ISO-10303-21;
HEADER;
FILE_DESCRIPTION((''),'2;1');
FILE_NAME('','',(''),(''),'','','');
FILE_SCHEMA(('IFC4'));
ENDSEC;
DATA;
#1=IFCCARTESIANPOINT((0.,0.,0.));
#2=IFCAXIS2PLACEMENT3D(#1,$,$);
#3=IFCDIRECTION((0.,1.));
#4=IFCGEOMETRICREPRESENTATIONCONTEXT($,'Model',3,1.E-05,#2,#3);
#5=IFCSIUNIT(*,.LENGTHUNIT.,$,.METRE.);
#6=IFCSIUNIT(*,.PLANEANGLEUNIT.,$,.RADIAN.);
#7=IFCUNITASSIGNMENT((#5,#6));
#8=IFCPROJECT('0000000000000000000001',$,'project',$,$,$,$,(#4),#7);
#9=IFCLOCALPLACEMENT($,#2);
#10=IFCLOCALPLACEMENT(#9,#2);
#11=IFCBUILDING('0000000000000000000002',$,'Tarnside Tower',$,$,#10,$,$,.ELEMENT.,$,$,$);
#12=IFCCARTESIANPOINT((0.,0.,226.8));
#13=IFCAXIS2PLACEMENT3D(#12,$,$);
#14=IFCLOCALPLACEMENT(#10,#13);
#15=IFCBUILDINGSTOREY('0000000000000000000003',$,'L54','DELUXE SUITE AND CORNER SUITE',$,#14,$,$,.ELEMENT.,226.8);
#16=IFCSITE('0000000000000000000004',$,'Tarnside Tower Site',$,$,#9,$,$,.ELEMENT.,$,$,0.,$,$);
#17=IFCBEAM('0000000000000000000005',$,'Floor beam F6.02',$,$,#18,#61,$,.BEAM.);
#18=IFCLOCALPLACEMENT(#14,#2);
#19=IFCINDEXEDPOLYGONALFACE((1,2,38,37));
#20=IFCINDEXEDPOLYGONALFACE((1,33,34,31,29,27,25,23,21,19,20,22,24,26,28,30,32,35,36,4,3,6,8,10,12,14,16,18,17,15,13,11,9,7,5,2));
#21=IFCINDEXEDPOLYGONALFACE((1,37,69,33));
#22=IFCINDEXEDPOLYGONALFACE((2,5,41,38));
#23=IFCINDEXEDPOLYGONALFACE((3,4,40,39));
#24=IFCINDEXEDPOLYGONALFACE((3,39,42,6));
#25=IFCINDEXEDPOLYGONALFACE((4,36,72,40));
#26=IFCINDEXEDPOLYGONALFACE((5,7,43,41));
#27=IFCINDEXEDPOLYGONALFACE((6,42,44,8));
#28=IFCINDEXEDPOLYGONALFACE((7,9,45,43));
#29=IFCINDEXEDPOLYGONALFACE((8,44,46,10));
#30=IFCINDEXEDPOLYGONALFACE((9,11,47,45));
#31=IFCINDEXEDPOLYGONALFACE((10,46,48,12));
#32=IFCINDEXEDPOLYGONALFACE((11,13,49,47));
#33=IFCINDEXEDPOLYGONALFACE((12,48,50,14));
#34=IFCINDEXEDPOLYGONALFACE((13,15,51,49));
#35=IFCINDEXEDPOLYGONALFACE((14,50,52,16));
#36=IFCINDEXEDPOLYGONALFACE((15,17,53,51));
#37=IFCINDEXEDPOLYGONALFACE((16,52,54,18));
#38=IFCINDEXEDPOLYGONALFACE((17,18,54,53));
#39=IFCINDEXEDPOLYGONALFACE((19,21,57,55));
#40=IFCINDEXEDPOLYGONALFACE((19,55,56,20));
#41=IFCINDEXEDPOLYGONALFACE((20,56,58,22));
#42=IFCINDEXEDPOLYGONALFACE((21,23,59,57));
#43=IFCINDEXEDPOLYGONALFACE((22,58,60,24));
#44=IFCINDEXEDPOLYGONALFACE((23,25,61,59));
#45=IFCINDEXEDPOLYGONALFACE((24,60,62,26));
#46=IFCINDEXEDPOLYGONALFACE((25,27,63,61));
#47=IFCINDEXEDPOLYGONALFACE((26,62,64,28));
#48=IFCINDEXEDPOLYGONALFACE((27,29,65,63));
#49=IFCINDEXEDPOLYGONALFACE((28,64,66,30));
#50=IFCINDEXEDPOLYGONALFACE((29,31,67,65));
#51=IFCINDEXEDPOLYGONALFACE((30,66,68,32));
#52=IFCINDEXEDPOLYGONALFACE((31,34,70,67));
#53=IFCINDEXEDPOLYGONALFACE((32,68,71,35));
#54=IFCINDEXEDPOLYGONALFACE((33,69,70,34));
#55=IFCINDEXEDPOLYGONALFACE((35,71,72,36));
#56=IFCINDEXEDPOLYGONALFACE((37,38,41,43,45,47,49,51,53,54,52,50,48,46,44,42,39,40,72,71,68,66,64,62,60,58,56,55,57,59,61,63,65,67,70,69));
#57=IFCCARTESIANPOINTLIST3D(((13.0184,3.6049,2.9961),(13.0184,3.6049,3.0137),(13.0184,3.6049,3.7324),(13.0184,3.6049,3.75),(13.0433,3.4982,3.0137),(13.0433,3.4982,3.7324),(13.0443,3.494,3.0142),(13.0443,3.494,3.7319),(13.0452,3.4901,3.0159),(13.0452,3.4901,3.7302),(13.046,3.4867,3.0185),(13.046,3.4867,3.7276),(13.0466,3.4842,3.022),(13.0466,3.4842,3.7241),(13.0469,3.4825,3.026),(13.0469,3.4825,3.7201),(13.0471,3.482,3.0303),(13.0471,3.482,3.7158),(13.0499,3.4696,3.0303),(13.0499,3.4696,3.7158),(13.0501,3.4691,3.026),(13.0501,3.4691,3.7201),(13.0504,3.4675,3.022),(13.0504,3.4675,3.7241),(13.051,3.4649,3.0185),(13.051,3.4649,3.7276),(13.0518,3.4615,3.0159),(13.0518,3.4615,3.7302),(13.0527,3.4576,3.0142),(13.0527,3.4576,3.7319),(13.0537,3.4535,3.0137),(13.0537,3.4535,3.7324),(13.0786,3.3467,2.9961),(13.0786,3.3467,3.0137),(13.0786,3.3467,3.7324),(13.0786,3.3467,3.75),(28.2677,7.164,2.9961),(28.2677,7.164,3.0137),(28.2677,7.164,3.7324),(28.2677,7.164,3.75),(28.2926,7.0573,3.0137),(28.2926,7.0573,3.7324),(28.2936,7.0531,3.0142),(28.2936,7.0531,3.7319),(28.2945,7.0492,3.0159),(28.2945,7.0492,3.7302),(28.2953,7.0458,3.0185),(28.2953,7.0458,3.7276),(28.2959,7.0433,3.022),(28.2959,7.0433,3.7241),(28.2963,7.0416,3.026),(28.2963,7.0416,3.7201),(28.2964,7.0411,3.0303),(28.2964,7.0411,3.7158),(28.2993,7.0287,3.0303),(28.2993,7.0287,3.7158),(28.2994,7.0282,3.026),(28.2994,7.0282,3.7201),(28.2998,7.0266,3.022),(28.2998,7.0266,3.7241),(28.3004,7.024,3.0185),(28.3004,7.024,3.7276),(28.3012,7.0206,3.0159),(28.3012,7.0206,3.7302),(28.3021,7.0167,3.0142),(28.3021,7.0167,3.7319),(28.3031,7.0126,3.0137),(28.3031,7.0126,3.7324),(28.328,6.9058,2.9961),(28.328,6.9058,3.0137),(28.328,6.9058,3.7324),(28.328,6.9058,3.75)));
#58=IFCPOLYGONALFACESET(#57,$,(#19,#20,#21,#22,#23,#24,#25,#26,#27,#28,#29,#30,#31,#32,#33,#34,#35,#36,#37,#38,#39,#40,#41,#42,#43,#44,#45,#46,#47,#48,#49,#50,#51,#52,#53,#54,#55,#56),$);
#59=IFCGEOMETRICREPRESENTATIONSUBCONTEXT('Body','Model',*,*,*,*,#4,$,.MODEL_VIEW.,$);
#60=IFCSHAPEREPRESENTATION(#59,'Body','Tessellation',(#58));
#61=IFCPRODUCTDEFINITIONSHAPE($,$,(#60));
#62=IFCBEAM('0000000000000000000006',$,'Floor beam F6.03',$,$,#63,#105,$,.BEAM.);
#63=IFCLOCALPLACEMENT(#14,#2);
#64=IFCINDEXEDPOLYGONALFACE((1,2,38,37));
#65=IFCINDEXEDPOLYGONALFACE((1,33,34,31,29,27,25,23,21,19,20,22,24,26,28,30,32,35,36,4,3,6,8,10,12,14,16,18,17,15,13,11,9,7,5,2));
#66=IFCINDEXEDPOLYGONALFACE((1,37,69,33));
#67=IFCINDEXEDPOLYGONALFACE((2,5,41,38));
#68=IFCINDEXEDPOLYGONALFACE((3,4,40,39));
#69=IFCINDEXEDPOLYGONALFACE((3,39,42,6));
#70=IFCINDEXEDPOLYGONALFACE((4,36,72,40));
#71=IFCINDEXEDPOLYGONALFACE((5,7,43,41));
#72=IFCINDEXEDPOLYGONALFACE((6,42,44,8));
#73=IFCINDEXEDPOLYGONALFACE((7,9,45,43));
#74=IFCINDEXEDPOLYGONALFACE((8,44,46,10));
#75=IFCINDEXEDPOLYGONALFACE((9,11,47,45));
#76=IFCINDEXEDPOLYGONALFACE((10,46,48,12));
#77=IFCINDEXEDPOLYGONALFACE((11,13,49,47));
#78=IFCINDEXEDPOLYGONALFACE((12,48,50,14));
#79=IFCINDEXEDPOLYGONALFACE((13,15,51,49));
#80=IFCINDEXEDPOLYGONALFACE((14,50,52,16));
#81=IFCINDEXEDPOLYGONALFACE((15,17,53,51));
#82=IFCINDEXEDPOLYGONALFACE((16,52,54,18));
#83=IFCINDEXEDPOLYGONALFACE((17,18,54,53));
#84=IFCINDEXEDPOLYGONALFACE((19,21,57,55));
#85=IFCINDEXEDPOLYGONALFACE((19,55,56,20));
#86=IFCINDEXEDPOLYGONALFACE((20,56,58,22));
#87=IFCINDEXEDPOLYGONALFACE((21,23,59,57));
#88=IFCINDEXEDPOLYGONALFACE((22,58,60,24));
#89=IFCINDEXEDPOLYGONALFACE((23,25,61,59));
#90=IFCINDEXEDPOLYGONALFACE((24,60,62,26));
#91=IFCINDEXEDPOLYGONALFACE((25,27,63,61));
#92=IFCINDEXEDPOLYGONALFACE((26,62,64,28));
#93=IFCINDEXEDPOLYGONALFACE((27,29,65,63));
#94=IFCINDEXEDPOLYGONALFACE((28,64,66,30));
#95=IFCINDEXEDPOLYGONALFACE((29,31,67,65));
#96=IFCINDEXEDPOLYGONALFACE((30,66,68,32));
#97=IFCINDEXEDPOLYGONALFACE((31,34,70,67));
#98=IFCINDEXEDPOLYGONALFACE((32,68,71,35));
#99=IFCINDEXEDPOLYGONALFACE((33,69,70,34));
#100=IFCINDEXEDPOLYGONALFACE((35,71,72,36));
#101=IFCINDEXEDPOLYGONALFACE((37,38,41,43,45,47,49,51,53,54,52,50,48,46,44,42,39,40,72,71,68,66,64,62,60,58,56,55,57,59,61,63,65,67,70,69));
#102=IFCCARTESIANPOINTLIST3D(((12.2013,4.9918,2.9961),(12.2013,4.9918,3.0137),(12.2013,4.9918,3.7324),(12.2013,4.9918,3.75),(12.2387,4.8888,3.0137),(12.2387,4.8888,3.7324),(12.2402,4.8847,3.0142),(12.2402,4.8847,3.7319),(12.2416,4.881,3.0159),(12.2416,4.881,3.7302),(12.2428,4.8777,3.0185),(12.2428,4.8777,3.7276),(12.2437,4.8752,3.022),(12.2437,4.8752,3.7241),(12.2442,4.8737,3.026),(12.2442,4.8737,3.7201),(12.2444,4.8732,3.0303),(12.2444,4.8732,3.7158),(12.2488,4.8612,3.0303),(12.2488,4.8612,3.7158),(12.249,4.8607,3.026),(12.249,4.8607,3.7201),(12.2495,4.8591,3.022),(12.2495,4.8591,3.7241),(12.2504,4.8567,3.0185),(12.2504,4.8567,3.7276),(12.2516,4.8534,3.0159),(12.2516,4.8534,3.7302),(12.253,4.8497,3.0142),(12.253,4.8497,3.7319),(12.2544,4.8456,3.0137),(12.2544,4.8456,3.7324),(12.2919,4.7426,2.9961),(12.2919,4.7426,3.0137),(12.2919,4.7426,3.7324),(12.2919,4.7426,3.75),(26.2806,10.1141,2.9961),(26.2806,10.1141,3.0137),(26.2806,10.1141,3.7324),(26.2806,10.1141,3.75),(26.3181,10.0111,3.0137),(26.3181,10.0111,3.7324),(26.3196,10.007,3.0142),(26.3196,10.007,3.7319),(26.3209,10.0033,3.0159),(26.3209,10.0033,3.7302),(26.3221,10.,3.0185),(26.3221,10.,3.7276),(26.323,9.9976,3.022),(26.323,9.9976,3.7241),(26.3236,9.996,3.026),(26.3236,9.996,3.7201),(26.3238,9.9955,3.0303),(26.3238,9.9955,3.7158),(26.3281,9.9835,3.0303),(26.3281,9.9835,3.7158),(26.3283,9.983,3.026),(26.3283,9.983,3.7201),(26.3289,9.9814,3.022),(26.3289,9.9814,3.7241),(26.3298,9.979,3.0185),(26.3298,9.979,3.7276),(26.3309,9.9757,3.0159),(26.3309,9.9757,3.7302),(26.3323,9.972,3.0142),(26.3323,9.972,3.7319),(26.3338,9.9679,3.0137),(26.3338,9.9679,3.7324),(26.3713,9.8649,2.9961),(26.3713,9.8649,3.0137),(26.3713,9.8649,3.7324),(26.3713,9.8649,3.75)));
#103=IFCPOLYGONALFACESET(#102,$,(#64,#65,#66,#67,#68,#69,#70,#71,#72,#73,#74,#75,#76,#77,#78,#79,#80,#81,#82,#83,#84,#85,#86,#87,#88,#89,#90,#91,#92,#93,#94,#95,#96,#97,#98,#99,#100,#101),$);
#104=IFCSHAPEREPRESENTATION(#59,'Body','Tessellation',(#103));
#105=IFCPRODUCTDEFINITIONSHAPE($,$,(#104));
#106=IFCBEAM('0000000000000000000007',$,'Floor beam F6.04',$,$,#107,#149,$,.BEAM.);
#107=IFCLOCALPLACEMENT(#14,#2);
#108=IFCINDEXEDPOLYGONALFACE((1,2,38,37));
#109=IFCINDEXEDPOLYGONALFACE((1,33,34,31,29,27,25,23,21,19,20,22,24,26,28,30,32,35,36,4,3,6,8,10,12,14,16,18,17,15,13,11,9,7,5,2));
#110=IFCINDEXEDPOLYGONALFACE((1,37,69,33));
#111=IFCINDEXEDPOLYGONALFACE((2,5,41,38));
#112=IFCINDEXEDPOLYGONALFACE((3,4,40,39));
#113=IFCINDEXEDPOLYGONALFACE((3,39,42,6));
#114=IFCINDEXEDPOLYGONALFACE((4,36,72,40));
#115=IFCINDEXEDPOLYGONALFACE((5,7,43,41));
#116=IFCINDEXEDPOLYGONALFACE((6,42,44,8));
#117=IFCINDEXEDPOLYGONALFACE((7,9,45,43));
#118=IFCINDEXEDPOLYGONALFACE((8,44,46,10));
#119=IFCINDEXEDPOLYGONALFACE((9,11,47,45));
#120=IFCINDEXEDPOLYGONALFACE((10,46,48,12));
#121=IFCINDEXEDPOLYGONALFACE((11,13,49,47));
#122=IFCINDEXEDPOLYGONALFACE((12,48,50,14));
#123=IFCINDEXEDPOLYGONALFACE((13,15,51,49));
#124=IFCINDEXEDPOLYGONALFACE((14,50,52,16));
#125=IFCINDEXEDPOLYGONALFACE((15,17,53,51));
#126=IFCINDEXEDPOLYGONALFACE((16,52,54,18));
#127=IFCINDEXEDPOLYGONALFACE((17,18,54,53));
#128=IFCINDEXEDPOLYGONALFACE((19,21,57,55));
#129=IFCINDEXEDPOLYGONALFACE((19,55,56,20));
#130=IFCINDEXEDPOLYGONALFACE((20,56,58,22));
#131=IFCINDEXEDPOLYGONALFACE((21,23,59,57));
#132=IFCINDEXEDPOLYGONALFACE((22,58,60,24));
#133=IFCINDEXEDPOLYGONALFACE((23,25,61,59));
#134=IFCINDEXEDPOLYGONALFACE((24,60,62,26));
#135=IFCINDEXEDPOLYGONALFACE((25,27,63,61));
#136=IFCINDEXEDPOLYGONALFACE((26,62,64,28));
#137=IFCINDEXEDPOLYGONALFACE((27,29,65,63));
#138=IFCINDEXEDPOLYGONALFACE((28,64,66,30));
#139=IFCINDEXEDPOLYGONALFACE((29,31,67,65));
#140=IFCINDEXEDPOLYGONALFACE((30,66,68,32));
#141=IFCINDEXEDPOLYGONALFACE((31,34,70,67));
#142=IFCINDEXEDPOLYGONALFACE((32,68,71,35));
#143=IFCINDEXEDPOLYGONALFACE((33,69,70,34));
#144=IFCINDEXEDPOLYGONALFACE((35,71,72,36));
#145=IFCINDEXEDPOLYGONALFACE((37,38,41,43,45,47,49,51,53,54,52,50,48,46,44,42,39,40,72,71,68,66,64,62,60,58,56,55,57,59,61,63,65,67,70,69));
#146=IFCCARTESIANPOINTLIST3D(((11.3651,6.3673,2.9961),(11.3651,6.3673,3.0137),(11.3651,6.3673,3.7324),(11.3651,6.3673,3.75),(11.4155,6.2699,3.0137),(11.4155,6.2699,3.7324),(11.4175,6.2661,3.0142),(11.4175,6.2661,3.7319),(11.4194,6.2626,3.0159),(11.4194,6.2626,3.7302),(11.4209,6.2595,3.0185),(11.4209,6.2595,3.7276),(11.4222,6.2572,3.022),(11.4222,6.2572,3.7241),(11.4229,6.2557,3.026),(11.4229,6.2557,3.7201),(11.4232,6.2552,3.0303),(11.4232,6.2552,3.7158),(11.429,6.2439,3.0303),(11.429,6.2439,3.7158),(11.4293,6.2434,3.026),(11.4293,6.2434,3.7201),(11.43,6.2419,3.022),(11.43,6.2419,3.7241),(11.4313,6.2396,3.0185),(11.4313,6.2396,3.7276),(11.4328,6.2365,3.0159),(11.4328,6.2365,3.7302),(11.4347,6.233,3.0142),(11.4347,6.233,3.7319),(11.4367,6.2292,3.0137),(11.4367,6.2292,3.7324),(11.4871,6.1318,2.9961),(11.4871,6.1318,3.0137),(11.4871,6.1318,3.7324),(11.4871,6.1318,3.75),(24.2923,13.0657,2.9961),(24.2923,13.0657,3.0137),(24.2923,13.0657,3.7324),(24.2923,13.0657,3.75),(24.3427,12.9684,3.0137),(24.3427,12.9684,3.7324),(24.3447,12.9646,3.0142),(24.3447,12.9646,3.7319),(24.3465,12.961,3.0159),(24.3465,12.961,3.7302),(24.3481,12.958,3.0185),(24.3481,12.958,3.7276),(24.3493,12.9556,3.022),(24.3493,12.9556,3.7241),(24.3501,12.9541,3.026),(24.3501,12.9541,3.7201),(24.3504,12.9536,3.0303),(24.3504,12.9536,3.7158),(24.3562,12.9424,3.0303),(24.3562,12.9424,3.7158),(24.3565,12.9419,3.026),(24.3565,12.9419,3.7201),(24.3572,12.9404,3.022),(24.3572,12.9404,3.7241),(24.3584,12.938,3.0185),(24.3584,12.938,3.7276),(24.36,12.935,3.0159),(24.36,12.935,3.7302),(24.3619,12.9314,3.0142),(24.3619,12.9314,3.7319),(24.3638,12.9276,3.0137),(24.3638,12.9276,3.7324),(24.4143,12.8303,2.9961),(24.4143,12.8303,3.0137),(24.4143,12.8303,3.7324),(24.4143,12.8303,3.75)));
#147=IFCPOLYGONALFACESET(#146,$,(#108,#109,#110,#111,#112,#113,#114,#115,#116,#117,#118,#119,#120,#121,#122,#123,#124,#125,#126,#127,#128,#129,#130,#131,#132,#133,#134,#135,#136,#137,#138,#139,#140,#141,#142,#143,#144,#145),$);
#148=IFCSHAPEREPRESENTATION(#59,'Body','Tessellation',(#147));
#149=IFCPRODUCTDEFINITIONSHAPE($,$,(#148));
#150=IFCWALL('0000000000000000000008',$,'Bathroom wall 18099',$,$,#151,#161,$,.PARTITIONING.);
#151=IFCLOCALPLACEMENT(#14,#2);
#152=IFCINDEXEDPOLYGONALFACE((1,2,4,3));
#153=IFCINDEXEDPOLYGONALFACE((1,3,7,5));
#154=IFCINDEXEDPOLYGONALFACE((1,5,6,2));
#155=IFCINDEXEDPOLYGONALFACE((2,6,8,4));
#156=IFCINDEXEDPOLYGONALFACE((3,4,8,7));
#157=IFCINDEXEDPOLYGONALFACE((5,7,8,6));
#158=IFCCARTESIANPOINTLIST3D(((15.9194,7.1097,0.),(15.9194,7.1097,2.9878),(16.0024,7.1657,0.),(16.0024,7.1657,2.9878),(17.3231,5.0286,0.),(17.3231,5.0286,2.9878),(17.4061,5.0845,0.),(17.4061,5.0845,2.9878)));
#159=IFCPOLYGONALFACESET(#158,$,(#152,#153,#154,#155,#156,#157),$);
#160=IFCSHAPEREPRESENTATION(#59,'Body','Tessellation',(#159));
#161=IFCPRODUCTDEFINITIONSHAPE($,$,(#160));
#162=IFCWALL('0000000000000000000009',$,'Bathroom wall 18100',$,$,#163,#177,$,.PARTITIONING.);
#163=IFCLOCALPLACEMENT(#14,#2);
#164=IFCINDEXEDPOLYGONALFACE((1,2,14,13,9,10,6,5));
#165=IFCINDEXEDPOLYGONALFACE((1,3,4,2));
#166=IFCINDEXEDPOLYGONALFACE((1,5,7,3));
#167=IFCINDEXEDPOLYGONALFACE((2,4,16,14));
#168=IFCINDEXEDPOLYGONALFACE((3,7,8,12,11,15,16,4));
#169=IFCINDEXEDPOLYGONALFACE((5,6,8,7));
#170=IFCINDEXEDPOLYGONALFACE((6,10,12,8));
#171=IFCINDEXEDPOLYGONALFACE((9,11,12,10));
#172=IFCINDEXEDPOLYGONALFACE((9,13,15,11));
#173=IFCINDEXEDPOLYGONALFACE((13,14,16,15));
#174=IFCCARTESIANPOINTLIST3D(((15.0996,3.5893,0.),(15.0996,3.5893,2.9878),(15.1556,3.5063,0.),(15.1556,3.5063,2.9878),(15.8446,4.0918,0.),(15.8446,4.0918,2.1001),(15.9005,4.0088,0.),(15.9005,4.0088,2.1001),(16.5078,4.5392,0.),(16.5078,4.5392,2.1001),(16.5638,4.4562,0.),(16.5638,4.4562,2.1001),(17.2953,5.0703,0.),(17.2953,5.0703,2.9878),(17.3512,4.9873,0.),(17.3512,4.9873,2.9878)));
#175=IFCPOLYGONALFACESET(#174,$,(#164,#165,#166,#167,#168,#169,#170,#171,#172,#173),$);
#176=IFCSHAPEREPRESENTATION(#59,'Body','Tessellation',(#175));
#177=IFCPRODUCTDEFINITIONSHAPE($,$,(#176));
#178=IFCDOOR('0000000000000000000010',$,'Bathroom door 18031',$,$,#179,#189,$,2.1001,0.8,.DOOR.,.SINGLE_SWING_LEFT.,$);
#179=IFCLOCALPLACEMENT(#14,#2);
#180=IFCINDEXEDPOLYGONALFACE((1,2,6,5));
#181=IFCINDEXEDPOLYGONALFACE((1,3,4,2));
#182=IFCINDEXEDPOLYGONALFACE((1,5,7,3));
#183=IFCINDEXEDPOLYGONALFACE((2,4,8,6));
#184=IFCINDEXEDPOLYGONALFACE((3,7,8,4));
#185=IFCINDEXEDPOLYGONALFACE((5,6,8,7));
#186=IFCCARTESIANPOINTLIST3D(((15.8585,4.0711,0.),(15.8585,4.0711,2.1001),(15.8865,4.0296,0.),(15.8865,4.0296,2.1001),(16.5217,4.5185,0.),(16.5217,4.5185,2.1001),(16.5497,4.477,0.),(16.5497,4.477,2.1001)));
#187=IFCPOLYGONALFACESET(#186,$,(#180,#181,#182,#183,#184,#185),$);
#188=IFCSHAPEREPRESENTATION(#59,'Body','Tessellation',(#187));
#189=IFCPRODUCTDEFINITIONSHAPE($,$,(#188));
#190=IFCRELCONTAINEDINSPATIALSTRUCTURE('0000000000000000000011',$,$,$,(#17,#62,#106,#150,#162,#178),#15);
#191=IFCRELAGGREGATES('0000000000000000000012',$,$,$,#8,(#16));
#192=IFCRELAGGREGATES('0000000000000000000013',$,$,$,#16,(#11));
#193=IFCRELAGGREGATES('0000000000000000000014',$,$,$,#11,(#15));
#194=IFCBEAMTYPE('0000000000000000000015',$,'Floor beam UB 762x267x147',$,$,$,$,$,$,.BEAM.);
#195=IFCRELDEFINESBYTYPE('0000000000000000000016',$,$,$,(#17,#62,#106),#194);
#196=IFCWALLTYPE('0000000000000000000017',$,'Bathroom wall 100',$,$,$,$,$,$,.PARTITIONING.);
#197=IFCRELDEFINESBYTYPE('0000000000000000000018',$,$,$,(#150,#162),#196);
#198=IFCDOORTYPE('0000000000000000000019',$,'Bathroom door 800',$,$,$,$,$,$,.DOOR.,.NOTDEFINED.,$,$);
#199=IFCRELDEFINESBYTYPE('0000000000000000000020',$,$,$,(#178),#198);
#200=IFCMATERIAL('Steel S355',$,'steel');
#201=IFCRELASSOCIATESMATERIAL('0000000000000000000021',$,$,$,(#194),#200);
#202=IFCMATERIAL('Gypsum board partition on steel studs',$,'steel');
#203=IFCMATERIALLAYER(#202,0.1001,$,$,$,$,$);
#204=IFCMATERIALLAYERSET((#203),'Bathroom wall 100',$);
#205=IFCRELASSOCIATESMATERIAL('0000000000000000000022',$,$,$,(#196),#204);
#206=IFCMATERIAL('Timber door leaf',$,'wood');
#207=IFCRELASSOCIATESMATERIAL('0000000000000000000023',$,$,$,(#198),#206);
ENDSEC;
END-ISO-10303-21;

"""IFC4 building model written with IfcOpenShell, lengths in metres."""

from ifc_helpers import new_model, si_unit, direction, frame, frame_2d, origin, origin_2d, place, context, subcontext, project, spatial, rectangle, i_section, extrude, material, layer, layer_set, material_profile, profile_set, type_object, element, fill, save


model = new_model("IFC4")

# Units and contexts
model_context = context("Model", 3, precision=1e-05, world=origin(), true_north=direction((0.0, 1.0)))
body_context = subcontext(model_context, "Body", "Model", "MODEL_VIEW")
ifc_project = project(units=[si_unit("LENGTHUNIT", "METRE"), si_unit("PLANEANGLEUNIT", "RADIAN")], contexts=[model_context])

# Site, building, storey
site_placement = place(None, origin())
site = spatial("IfcSite", under=ifc_project, at=site_placement, Name="Tarnside Tower Site", CompositionType="ELEMENT", RefElevation=0.0)
building_placement = place(site_placement, origin())
building = spatial("IfcBuilding", under=site, at=building_placement, Name="Tarnside Tower", CompositionType="ELEMENT")
storey_placement = place(building_placement, frame((0.0, 0.0, 226.8)))
storey = spatial("IfcBuildingStorey", under=building, at=storey_placement, Name="L54", Description="DELUXE SUITE AND CORNER SUITE", CompositionType="ELEMENT", Elevation=226.8)

# Beams
ifc_material_1 = material(Name="Steel S355", Category="steel")
ifc_material_profile = material_profile(ifc_material_1, i_section(OverallWidth=0.2651, OverallDepth=0.7539, WebThickness=0.0127, FlangeThickness=0.0176, FilletRadius=0.0166, at=origin_2d()), Name="UB 762x267x147")
ifc_profile_set = profile_set([ifc_material_profile], Name="Steel S355")
beam_type = type_object("IfcBeamType", Name="Floor beam UB 762x267x147", PredefinedType="BEAM", material=ifc_profile_set)
beam_1_placement = place(storey_placement, frame((28.2979, 7.0349, 3.373), z_axis=(-0.973828, -0.227285, 0.0), x_axis=(0.227285, -0.973828, 0.0)))
element("IfcBeam", 1, at=beam_1_placement, inside=storey, type_object=beam_type, Name="Floor beam F6.02", PredefinedType="BEAM", context=body_context, shape_type="SweptSolid", body=[
    extrude(i_section(OverallWidth=0.2651, OverallDepth=0.7539, WebThickness=0.0127, FlangeThickness=0.0176, FilletRadius=0.0166, at=origin_2d()), origin(), (0.0, 0.0, 1.0), 15.6592),
])
beam_2_placement = place(storey_placement, frame((26.3259, 9.9895, 3.373), z_axis=(-0.939739, -0.341894, 0.0), x_axis=(0.341894, -0.939739, 0.0)))
element("IfcBeam", 2, at=beam_2_placement, inside=storey, type_object=beam_type, Name="Floor beam F6.03", PredefinedType="BEAM", context=body_context, shape_type="SweptSolid", body=[
    extrude(i_section(OverallWidth=0.2651, OverallDepth=0.7539, WebThickness=0.0127, FlangeThickness=0.0176, FilletRadius=0.0166, at=origin_2d()), origin(), (0.0, 0.0, 1.0), 14.9822),
])
beam_3_placement = place(storey_placement, frame((24.3533, 12.948, 3.373), z_axis=(-0.887882, -0.460072, 0.0), x_axis=(0.460072, -0.887882, 0.0)))
element("IfcBeam", 3, at=beam_3_placement, inside=storey, type_object=beam_type, Name="Floor beam F6.04", PredefinedType="BEAM", context=body_context, shape_type="SweptSolid", body=[
    extrude(i_section(OverallWidth=0.2651, OverallDepth=0.7539, WebThickness=0.0127, FlangeThickness=0.0176, FilletRadius=0.0166, at=origin_2d()), origin(), (0.0, 0.0, 1.0), 14.5596),
])

# Wall
ifc_material_2 = material(Name="Gypsum board partition on steel studs", Category="steel")
ifc_layer_1 = layer(ifc_material_2, 0.1001)
ifc_layer_set_1 = layer_set([ifc_layer_1], Name="Bathroom wall 100")
wall_type_1 = type_object("IfcWallType", Name="Bathroom wall 100", PredefinedType="PARTITIONING", material=ifc_layer_set_1)
wall_1_placement = place(storey_placement, frame((15.9609, 7.1377, 0.0), z_axis=(0.0, 0.0, 1.0), x_axis=(0.559159, -0.829061, 0.0)))
element("IfcWall", 4, at=wall_1_placement, inside=storey, type_object=wall_type_1, Name="Bathroom wall 18099", PredefinedType="PARTITIONING", context=body_context, shape_type="SweptSolid", body=[
    extrude(rectangle(XDim=2.5103, YDim=0.1001, at=frame_2d((1.2551, 0.0))), origin(), (0.0, 0.0, 1.0), 2.9878),
])

# Wall, opening, door
wall_2_placement = place(storey_placement, frame((17.3232, 5.0288, 0.0), z_axis=(0.0, 0.0, 1.0), x_axis=(-0.829031, -0.559202, 0.0)))
wall_2 = element("IfcWall", 5, at=wall_2_placement, inside=storey, type_object=wall_type_1, Name="Bathroom wall 18100", PredefinedType="PARTITIONING", context=body_context, shape_type="SweptSolid", body=[
    extrude(rectangle(XDim=2.6484, YDim=0.1001, at=frame_2d((1.3242, 0.0))), origin(), (0.0, 0.0, 1.0), 2.9878),
])
opening_1_placement = place(wall_2_placement, frame((0.95, 0.0, 0.0)))
opening_1 = element("IfcOpeningElement", 6, at=opening_1_placement, cuts=wall_2, PredefinedType="OPENING", context=body_context, shape_type="SweptSolid", body=[
    extrude(rectangle(XDim=0.8, YDim=2.1001, at=frame_2d((0.3999, 1.05))), frame((0.0, 0.0601, 0.0), z_axis=(0.0, -1.0, 0.0), x_axis=(1.0, 0.0, 0.0)), (0.0, 0.0, 1.0), 0.1201),
])
ifc_material_3 = material(Name="Timber door leaf", Category="wood")
door_type_1 = type_object("IfcDoorType", Name="Bathroom door 800", OperationType="NOTDEFINED", PredefinedType="DOOR", material=ifc_material_3)
door_1_placement = place(opening_1_placement, origin())
door_1 = element("IfcDoor", 7, at=door_1_placement, inside=storey, type_object=door_type_1, Name="Bathroom door 18031", OperationType="SINGLE_SWING_LEFT", OverallHeight=2.1001, OverallWidth=0.8, PredefinedType="DOOR", context=body_context, shape_type="SweptSolid", body=[
    extrude(rectangle(XDim=0.8, YDim=2.1001, at=frame_2d((0.3999, 1.05))), frame((0.0, 0.0249, 0.0), z_axis=(0.0, -1.0, 0.0), x_axis=(1.0, 0.0, 0.0)), (0.0, 0.0, 1.0), 0.05),
])
fill(opening_1, door_1)

save(model, "model.ifc")
